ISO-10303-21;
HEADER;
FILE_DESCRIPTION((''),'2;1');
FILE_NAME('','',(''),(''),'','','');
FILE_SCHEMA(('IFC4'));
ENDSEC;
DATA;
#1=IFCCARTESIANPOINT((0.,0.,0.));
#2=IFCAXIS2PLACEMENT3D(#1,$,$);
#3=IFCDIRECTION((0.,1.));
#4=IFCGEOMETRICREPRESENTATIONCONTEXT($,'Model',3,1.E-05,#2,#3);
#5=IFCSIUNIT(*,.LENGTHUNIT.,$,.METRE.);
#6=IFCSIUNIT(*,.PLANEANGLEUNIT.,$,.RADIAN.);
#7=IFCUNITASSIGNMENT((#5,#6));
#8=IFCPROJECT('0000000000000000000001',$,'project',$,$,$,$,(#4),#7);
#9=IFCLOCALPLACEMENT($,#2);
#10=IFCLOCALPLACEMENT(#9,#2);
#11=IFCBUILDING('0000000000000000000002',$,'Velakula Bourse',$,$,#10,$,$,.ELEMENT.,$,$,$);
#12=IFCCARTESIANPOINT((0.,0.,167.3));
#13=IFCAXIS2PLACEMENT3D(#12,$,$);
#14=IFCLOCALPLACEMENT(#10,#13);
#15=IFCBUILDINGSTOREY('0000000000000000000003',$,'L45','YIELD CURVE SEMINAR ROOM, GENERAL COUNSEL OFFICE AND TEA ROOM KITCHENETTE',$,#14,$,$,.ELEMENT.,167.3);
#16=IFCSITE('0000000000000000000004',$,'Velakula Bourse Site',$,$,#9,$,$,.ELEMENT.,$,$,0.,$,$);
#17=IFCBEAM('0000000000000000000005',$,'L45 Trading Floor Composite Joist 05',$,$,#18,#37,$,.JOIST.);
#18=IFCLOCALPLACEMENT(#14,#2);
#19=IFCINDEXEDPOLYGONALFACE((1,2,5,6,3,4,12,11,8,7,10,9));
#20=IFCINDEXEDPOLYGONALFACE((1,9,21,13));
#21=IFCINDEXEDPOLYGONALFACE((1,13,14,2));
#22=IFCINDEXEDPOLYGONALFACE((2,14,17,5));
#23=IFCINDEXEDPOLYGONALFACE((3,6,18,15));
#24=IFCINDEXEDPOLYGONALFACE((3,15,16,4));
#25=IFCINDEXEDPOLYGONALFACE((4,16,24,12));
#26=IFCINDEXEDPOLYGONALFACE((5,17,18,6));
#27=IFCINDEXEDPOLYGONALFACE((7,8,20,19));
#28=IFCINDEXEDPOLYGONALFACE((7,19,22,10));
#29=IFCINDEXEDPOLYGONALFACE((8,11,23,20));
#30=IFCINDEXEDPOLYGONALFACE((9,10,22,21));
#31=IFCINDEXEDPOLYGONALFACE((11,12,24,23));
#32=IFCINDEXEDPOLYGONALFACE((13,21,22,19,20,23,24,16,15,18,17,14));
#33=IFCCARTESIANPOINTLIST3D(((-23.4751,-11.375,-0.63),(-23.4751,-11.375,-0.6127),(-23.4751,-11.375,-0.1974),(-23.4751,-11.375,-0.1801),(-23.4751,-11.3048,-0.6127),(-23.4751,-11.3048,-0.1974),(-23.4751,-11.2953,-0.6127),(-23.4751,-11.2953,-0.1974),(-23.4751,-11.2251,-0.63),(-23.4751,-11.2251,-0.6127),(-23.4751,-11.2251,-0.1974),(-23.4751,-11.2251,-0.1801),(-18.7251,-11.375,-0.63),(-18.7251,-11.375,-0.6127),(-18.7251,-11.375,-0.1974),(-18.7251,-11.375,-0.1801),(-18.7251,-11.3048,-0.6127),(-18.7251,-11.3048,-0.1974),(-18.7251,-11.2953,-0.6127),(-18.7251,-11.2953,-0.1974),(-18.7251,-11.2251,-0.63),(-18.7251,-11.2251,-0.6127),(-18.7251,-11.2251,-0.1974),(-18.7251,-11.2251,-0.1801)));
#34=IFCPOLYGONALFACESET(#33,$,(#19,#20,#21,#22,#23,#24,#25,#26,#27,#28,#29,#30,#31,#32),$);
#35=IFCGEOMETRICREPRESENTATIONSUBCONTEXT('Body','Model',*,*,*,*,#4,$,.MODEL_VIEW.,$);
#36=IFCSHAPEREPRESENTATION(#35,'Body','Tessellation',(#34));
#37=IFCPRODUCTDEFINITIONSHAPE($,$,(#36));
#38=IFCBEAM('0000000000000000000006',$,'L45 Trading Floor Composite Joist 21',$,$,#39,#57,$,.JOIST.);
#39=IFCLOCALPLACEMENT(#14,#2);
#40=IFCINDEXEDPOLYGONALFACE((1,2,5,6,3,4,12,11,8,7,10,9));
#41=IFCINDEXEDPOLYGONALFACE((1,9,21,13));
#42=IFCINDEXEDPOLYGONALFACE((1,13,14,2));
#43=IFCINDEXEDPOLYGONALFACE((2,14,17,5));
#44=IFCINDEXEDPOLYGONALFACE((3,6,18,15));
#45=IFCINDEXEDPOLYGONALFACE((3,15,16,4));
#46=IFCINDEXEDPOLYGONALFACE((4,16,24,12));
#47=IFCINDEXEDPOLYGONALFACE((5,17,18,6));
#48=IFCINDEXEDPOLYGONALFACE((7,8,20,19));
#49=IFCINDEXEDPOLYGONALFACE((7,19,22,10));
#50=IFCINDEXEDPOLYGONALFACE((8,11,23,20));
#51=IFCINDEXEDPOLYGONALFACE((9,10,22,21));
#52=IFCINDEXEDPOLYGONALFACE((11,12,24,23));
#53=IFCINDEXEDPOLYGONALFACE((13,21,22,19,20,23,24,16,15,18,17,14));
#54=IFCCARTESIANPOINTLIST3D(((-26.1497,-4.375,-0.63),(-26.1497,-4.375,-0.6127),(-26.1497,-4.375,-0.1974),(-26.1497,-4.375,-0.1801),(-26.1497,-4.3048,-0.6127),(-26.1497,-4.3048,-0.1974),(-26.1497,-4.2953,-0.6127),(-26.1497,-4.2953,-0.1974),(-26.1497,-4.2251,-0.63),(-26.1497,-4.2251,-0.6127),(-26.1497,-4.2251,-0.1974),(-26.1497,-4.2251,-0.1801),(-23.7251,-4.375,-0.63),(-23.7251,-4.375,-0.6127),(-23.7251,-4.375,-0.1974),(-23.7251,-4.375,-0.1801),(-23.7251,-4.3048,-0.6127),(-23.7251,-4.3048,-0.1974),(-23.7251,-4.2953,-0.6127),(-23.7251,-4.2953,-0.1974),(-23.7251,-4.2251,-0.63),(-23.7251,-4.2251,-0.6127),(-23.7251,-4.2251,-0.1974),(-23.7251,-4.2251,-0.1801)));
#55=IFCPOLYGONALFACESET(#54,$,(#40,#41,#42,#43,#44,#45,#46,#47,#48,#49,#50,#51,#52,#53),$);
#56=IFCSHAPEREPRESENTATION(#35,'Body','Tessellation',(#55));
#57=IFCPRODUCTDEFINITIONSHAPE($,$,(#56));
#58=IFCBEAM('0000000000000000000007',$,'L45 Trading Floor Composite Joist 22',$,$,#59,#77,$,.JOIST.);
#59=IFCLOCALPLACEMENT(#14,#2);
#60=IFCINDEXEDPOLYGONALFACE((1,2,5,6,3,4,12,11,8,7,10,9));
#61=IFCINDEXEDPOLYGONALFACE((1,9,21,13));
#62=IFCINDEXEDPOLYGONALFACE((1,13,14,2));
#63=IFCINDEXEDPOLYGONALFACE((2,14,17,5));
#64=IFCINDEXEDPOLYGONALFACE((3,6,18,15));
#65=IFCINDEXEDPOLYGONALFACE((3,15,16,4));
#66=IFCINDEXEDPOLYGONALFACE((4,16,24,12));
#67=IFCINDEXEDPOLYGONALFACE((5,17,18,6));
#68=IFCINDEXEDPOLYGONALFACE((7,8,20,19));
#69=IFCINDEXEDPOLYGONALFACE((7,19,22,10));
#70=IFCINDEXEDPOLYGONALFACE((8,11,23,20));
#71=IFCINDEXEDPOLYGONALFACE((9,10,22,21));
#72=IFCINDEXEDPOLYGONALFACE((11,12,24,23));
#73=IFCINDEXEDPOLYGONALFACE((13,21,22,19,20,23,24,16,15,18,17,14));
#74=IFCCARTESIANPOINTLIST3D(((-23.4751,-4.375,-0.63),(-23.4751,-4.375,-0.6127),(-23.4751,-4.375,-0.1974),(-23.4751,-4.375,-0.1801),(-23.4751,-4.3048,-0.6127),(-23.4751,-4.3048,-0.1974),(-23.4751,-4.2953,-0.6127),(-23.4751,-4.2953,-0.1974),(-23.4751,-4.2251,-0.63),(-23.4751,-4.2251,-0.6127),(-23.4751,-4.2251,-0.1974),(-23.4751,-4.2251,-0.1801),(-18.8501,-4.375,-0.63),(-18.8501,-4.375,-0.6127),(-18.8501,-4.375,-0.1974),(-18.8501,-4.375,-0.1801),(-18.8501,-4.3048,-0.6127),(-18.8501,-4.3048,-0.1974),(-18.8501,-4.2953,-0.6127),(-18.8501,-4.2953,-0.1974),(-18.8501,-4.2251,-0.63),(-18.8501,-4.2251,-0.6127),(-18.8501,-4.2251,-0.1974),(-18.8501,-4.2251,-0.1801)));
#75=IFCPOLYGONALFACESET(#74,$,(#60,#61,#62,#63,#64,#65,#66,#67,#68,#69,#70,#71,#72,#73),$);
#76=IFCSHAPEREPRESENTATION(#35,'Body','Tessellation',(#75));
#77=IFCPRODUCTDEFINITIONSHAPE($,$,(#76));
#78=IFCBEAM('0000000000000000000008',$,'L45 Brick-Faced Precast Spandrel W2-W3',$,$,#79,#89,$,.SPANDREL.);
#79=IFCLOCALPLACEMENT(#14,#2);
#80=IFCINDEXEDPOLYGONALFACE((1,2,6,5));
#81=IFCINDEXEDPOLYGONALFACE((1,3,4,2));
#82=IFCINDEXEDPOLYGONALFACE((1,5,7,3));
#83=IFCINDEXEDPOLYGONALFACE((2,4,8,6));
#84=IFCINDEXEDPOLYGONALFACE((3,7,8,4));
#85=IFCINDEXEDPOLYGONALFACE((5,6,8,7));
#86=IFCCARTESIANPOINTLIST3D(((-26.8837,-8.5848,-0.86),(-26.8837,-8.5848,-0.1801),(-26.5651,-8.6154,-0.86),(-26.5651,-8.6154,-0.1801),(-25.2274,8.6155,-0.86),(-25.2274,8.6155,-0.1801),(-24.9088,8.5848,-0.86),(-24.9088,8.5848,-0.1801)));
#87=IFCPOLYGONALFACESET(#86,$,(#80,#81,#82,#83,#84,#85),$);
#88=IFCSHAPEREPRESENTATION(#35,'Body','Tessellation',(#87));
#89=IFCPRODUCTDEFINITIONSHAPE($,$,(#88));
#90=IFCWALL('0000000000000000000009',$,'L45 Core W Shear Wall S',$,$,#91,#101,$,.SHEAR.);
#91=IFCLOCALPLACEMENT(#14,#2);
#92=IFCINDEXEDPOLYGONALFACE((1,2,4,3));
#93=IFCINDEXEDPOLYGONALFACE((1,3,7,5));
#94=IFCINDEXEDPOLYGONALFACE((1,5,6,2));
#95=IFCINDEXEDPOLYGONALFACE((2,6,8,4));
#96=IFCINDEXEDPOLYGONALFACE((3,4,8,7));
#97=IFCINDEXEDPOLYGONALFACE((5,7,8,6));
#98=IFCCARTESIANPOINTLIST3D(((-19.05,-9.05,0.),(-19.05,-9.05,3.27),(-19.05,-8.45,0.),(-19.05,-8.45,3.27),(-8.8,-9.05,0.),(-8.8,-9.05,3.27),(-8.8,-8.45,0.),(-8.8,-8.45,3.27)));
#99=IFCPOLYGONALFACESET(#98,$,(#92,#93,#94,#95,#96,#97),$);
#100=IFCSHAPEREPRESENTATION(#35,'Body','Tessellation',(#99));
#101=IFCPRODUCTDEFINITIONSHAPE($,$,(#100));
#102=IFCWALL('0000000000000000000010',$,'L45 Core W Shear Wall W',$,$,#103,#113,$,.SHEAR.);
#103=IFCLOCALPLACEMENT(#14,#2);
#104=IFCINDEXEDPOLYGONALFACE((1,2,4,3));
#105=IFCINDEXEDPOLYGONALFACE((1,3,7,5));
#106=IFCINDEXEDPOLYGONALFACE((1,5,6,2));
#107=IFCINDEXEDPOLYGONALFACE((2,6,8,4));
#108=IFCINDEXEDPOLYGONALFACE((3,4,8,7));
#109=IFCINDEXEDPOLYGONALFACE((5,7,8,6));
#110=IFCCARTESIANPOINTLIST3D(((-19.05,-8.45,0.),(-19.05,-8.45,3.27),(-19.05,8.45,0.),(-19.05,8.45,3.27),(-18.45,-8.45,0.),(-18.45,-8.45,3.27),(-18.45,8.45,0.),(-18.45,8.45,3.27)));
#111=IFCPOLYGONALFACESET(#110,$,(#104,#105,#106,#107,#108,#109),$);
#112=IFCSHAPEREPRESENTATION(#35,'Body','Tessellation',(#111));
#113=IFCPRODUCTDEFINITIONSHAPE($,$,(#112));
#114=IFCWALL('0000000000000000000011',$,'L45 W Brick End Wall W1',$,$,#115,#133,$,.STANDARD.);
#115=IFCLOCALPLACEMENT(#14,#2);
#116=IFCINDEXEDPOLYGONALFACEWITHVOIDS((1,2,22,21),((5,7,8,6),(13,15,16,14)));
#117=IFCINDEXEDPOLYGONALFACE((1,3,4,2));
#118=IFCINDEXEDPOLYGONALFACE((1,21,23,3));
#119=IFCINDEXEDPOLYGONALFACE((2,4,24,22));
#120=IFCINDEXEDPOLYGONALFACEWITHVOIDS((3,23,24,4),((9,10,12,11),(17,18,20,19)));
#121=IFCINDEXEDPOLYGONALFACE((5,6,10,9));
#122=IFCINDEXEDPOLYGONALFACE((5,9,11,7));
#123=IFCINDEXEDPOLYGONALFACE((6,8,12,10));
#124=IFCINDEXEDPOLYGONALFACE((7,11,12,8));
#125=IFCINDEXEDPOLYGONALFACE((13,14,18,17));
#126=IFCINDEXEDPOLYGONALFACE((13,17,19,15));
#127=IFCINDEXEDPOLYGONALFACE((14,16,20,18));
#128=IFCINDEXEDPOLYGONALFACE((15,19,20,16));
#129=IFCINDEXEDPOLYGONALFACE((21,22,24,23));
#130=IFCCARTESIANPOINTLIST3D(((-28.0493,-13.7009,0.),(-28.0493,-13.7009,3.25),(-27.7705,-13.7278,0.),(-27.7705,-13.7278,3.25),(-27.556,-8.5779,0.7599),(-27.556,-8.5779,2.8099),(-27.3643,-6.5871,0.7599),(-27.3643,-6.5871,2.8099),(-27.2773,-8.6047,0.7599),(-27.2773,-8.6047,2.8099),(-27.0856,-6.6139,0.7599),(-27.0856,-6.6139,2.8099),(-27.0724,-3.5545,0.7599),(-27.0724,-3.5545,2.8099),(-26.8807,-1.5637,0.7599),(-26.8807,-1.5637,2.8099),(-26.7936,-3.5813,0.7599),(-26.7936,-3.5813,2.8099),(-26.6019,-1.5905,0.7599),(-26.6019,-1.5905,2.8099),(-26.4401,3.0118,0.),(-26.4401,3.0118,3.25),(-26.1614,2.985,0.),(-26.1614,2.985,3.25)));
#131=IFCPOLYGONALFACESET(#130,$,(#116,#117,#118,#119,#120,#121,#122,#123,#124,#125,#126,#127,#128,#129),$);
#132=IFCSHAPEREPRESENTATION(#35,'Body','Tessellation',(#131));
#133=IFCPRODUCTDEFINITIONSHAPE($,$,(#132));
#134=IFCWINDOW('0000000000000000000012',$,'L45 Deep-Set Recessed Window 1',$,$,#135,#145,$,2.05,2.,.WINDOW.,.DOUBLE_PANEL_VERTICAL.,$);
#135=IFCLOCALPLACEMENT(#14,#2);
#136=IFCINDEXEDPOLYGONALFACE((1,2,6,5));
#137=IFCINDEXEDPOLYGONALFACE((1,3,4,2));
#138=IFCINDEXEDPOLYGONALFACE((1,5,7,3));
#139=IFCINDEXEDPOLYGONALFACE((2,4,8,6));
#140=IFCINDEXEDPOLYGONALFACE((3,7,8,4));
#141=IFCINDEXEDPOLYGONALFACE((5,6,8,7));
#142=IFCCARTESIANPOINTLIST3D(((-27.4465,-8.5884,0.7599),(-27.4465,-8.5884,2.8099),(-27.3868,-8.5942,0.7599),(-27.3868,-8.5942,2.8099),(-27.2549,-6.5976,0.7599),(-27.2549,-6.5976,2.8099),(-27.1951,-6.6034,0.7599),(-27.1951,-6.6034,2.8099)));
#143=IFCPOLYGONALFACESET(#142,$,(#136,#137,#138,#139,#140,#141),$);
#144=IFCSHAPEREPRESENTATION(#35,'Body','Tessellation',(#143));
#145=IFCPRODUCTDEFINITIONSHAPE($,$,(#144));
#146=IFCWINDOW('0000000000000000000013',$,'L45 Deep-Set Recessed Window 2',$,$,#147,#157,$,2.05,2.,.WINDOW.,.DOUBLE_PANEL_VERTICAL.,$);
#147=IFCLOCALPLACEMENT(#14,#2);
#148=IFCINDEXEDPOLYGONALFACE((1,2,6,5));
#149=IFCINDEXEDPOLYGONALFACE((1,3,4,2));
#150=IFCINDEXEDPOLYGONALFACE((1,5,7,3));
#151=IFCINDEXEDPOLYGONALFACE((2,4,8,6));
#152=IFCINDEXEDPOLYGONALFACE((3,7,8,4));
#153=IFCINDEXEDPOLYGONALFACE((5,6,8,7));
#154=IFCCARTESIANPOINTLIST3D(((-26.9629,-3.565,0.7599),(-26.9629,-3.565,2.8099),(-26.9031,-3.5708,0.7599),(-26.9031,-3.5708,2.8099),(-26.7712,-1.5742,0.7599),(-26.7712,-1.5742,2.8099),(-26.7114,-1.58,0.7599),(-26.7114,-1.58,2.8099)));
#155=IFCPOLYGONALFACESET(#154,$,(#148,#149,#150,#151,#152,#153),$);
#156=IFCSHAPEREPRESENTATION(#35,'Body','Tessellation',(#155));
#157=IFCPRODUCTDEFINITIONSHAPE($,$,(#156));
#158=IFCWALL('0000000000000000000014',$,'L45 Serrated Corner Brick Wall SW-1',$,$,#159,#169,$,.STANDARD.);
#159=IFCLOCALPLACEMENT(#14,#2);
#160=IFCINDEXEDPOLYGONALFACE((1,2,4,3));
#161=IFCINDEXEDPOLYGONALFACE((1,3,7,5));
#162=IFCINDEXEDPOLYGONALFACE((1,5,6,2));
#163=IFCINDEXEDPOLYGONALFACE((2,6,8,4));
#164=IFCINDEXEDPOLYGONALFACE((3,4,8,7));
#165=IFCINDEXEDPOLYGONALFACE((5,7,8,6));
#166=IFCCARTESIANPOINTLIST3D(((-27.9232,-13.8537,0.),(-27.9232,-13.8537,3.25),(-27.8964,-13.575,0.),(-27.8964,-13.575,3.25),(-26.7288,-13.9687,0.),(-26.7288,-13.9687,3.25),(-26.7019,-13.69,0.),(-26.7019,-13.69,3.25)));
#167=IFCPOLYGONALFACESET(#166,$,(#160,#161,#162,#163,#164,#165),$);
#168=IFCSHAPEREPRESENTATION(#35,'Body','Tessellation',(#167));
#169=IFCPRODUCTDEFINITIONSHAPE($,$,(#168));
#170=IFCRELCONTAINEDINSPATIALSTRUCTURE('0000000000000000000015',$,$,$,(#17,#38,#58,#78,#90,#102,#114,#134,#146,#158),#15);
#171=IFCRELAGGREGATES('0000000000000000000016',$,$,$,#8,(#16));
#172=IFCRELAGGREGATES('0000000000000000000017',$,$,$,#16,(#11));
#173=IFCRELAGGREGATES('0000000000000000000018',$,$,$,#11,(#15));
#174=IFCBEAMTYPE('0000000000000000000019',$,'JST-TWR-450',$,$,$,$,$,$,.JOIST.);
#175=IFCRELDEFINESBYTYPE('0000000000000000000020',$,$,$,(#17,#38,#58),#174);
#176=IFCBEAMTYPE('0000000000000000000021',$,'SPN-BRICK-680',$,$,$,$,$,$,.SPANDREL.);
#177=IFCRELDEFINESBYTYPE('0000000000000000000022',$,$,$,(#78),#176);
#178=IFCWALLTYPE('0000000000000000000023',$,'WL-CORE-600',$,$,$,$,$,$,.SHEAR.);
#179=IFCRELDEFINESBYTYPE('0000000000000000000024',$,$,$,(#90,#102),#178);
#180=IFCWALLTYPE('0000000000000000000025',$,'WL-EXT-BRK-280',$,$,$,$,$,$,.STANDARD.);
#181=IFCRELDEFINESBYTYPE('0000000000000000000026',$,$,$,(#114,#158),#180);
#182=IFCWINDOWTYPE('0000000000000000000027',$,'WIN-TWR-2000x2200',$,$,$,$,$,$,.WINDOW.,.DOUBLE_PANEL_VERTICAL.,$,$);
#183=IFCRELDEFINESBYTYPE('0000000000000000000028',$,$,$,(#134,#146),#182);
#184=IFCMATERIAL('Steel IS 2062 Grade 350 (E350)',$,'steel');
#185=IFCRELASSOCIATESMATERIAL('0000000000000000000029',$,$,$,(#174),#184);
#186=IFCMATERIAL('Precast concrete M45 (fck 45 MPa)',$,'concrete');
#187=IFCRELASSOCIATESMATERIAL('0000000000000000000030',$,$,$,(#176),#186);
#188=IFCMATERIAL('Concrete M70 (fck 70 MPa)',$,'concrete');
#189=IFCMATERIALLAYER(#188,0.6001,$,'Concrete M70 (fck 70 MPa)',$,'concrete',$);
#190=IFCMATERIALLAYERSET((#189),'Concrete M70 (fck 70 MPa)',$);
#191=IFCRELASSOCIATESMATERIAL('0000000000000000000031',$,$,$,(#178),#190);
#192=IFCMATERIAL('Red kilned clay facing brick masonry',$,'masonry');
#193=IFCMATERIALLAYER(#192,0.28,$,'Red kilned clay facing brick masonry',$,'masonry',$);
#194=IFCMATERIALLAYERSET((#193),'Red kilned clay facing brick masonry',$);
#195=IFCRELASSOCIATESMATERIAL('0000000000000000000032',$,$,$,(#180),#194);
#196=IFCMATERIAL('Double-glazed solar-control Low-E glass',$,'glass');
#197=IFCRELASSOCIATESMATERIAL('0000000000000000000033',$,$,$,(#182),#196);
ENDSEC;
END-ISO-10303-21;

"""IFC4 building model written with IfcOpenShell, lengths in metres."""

from ifc_helpers import new_model, si_unit, direction, frame, frame_2d, origin, origin_2d, place, context, subcontext, project, spatial, rectangle, i_section, extrude, material, layer, layer_set, material_profile, profile_set, type_object, element, fill, save


model = new_model("IFC4")

# Units and contexts
model_context = context("Model", 3, precision=1e-05, world=origin(), true_north=direction((0.0, 1.0)))
body_context = subcontext(model_context, "Body", "Model", "MODEL_VIEW")
ifc_project = project(units=[si_unit("LENGTHUNIT", "METRE"), si_unit("PLANEANGLEUNIT", "RADIAN")], contexts=[model_context])

# Site, building, storey
site_placement = place(None, origin())
site = spatial("IfcSite", under=ifc_project, at=site_placement, Name="Velakula Bourse Site", CompositionType="ELEMENT", RefElevation=0.0)
building_placement = place(site_placement, origin())
building = spatial("IfcBuilding", under=site, at=building_placement, Name="Velakula Bourse", CompositionType="ELEMENT")
storey_placement = place(building_placement, frame((0.0, 0.0, 167.3)))
storey = spatial("IfcBuildingStorey", under=building, at=storey_placement, Name="L45", Description="YIELD CURVE SEMINAR ROOM, GENERAL COUNSEL OFFICE AND TEA ROOM KITCHENETTE", CompositionType="ELEMENT", Elevation=167.3)

# Shared definitions
ifc_material_1 = material(Name="Steel IS 2062 Grade 350 (E350)", Category="steel")

# Beams
ifc_material_profile_1 = material_profile(ifc_material_1, i_section(OverallWidth=0.1499, OverallDepth=0.45, WebThickness=0.0095, FlangeThickness=0.0173, at=origin_2d()), Name="Steel IS 2062 Grade 350 (E350)")
ifc_profile_set_1 = profile_set([ifc_material_profile_1], Name="Steel IS 2062 Grade 350 (E350)")
beam_type_1 = type_object("IfcBeamType", Name="JST-TWR-450", PredefinedType="JOIST", material=ifc_profile_set_1)
beam_1_placement = place(storey_placement, frame((-23.4751, -11.3, -0.405), z_axis=(1.0, 0.0, 0.0), x_axis=(0.0, 1.0, 0.0)))
element("IfcBeam", 1, at=beam_1_placement, inside=storey, type_object=beam_type_1, Name="L45 Trading Floor Composite Joist 05", PredefinedType="JOIST", context=body_context, shape_type="SweptSolid", body=[
    extrude(i_section(OverallWidth=0.1499, OverallDepth=0.45, WebThickness=0.0095, FlangeThickness=0.0173, at=origin_2d()), origin(), (0.0, 0.0, 1.0), 4.75),
])
beam_2_placement = place(storey_placement, frame((-26.1497, -4.3, -0.405), z_axis=(1.0, 0.0, 0.0), x_axis=(0.0, 1.0, 0.0)))
element("IfcBeam", 2, at=beam_2_placement, inside=storey, type_object=beam_type_1, Name="L45 Trading Floor Composite Joist 21", PredefinedType="JOIST", context=body_context, shape_type="SweptSolid", body=[
    extrude(i_section(OverallWidth=0.1499, OverallDepth=0.45, WebThickness=0.0095, FlangeThickness=0.0173, at=origin_2d()), origin(), (0.0, 0.0, 1.0), 2.4246),
])
beam_3_placement = place(storey_placement, frame((-23.4751, -4.3, -0.405), z_axis=(1.0, 0.0, 0.0), x_axis=(0.0, 1.0, 0.0)))
element("IfcBeam", 3, at=beam_3_placement, inside=storey, type_object=beam_type_1, Name="L45 Trading Floor Composite Joist 22", PredefinedType="JOIST", context=body_context, shape_type="SweptSolid", body=[
    extrude(i_section(OverallWidth=0.1499, OverallDepth=0.45, WebThickness=0.0095, FlangeThickness=0.0173, at=origin_2d()), origin(), (0.0, 0.0, 1.0), 4.625),
])
ifc_material_2 = material(Name="Precast concrete M45 (fck 45 MPa)", Category="concrete")
ifc_material_profile_2 = material_profile(ifc_material_2, rectangle(XDim=0.3201, YDim=0.6799, at=origin_2d()), Name="Precast concrete M45 (fck 45 MPa)")
ifc_profile_set_2 = profile_set([ifc_material_profile_2], Name="Precast concrete M45 (fck 45 MPa)")
beam_type_2 = type_object("IfcBeamType", Name="SPN-BRICK-680", PredefinedType="SPANDREL", material=ifc_profile_set_2)
beam_4_placement = place(storey_placement, frame((-26.7244, -8.6001, -0.52), z_axis=(0.095849, 0.995396, 0.0), x_axis=(-0.995396, 0.095849, 0.0)))
element("IfcBeam", 4, at=beam_4_placement, inside=storey, type_object=beam_type_2, Name="L45 Brick-Faced Precast Spandrel W2-W3", PredefinedType="SPANDREL", context=body_context, shape_type="SweptSolid", body=[
    extrude(rectangle(XDim=0.3201, YDim=0.6799, at=origin_2d()), origin(), (0.0, 0.0, 1.0), 17.2798),
])

# Walls
ifc_material_3 = material(Name="Concrete M70 (fck 70 MPa)", Category="concrete")
ifc_layer_1 = layer(ifc_material_3, 0.6001, Name="Concrete M70 (fck 70 MPa)", Category="concrete")
ifc_layer_set_1 = layer_set([ifc_layer_1], Name="Concrete M70 (fck 70 MPa)")
wall_type_1 = type_object("IfcWallType", Name="WL-CORE-600", PredefinedType="SHEAR", material=ifc_layer_set_1)
wall_1_placement = place(storey_placement, frame((-19.05, -8.75, 0.0), z_axis=(0.0, 0.0, 1.0), x_axis=(1.0, 0.0, 0.0)))
element("IfcWall", 5, at=wall_1_placement, inside=storey, type_object=wall_type_1, Name="L45 Core W Shear Wall S", PredefinedType="SHEAR", context=body_context, shape_type="SweptSolid", body=[
    extrude(rectangle(XDim=10.25, YDim=0.6001, at=frame_2d((5.125, 0.0))), origin(), (0.0, 0.0, 1.0), 3.27),
])
wall_2_placement = place(storey_placement, frame((-18.75, -8.45, 0.0), z_axis=(0.0, 0.0, 1.0), x_axis=(0.0, 1.0, 0.0)))
element("IfcWall", 6, at=wall_2_placement, inside=storey, type_object=wall_type_1, Name="L45 Core W Shear Wall W", PredefinedType="SHEAR", context=body_context, shape_type="SweptSolid", body=[
    extrude(rectangle(XDim=16.8999, YDim=0.6001, at=frame_2d((8.45, 0.0))), origin(), (0.0, 0.0, 1.0), 3.27),
])

# Wall, openings, windows
ifc_material_4 = material(Name="Red kilned clay facing brick masonry", Category="masonry")
ifc_layer_2 = layer(ifc_material_4, 0.28, Name="Red kilned clay facing brick masonry", Category="masonry")
ifc_layer_set_2 = layer_set([ifc_layer_2], Name="Red kilned clay facing brick masonry")
wall_type_2 = type_object("IfcWallType", Name="WL-EXT-BRK-280", PredefinedType="STANDARD", material=ifc_layer_set_2)
wall_3_placement = place(storey_placement, frame((-27.9099, -13.7144, 0.0), z_axis=(0.0, 0.0, 1.0), x_axis=(0.095839, 0.995397, 0.0)))
wall_3 = element("IfcWall", 7, at=wall_3_placement, inside=storey, type_object=wall_type_2, Name="L45 W Brick End Wall W1", PredefinedType="STANDARD", context=body_context, shape_type="SweptSolid", body=[
    extrude(rectangle(XDim=16.79, YDim=0.28, at=frame_2d((8.395, 0.0))), origin(), (0.0, 0.0, 1.0), 3.25),
])
opening_1_placement = place(wall_3_placement, frame((5.1467, 0.0, 0.76)))
opening_1 = element("IfcOpeningElement", 8, at=opening_1_placement, cuts=wall_3, PredefinedType="OPENING", context=body_context, shape_type="SweptSolid", body=[
    extrude(rectangle(XDim=2.0, YDim=2.05, at=frame_2d((1.0, 1.0249))), frame((0.0, 0.1499, 0.0), z_axis=(0.0, -1.0, 0.0), x_axis=(1.0, 0.0, 0.0)), (0.0, 0.0, 1.0), 0.3),
])
opening_2_placement = place(wall_3_placement, frame((10.1934, 0.0, 0.76)))
opening_2 = element("IfcOpeningElement", 9, at=opening_2_placement, cuts=wall_3, PredefinedType="OPENING", context=body_context, shape_type="SweptSolid", body=[
    extrude(rectangle(XDim=2.0, YDim=2.05, at=frame_2d((1.0, 1.0249))), frame((0.0, 0.1499, 0.0), z_axis=(0.0, -1.0, 0.0), x_axis=(1.0, 0.0, 0.0)), (0.0, 0.0, 1.0), 0.3),
])
ifc_material_5 = material(Name="Double-glazed solar-control Low-E glass", Category="glass")
window_type = type_object("IfcWindowType", Name="WIN-TWR-2000x2200", PartitioningType="DOUBLE_PANEL_VERTICAL", PredefinedType="WINDOW", material=ifc_material_5)
window_1_placement = place(opening_1_placement, origin())
window_1 = element("IfcWindow", 10, at=window_1_placement, inside=storey, type_object=window_type, Name="L45 Deep-Set Recessed Window 1", OverallHeight=2.05, OverallWidth=2.0, PartitioningType="DOUBLE_PANEL_VERTICAL", PredefinedType="WINDOW", context=body_context, shape_type="SweptSolid", body=[
    extrude(rectangle(XDim=2.0, YDim=2.05, at=frame_2d((1.0, 1.0249))), frame((0.0, 0.03, 0.0), z_axis=(0.0, -1.0, 0.0), x_axis=(1.0, 0.0, 0.0)), (0.0, 0.0, 1.0), 0.0601),
])
fill(opening_1, window_1)
window_2_placement = place(opening_2_placement, origin())
window_2 = element("IfcWindow", 11, at=window_2_placement, inside=storey, type_object=window_type, Name="L45 Deep-Set Recessed Window 2", OverallHeight=2.05, OverallWidth=2.0, PartitioningType="DOUBLE_PANEL_VERTICAL", PredefinedType="WINDOW", context=body_context, shape_type="SweptSolid", body=[
    extrude(rectangle(XDim=2.0, YDim=2.05, at=frame_2d((1.0, 1.0249))), frame((0.0, 0.03, 0.0), z_axis=(0.0, -1.0, 0.0), x_axis=(1.0, 0.0, 0.0)), (0.0, 0.0, 1.0), 0.0601),
])
fill(opening_2, window_2)

# Wall
wall_4_placement = place(storey_placement, frame((-27.9099, -13.7144, 0.0), z_axis=(0.0, 0.0, 1.0), x_axis=(0.995397, -0.095836, 0.0)))
element("IfcWall", 12, at=wall_4_placement, inside=storey, type_object=wall_type_2, Name="L45 Serrated Corner Brick Wall SW-1", PredefinedType="STANDARD", context=body_context, shape_type="SweptSolid", body=[
    extrude(rectangle(XDim=1.2, YDim=0.28, at=frame_2d((0.6001, 0.0))), origin(), (0.0, 0.0, 1.0), 3.25),
])

save(model, "model.ifc")
